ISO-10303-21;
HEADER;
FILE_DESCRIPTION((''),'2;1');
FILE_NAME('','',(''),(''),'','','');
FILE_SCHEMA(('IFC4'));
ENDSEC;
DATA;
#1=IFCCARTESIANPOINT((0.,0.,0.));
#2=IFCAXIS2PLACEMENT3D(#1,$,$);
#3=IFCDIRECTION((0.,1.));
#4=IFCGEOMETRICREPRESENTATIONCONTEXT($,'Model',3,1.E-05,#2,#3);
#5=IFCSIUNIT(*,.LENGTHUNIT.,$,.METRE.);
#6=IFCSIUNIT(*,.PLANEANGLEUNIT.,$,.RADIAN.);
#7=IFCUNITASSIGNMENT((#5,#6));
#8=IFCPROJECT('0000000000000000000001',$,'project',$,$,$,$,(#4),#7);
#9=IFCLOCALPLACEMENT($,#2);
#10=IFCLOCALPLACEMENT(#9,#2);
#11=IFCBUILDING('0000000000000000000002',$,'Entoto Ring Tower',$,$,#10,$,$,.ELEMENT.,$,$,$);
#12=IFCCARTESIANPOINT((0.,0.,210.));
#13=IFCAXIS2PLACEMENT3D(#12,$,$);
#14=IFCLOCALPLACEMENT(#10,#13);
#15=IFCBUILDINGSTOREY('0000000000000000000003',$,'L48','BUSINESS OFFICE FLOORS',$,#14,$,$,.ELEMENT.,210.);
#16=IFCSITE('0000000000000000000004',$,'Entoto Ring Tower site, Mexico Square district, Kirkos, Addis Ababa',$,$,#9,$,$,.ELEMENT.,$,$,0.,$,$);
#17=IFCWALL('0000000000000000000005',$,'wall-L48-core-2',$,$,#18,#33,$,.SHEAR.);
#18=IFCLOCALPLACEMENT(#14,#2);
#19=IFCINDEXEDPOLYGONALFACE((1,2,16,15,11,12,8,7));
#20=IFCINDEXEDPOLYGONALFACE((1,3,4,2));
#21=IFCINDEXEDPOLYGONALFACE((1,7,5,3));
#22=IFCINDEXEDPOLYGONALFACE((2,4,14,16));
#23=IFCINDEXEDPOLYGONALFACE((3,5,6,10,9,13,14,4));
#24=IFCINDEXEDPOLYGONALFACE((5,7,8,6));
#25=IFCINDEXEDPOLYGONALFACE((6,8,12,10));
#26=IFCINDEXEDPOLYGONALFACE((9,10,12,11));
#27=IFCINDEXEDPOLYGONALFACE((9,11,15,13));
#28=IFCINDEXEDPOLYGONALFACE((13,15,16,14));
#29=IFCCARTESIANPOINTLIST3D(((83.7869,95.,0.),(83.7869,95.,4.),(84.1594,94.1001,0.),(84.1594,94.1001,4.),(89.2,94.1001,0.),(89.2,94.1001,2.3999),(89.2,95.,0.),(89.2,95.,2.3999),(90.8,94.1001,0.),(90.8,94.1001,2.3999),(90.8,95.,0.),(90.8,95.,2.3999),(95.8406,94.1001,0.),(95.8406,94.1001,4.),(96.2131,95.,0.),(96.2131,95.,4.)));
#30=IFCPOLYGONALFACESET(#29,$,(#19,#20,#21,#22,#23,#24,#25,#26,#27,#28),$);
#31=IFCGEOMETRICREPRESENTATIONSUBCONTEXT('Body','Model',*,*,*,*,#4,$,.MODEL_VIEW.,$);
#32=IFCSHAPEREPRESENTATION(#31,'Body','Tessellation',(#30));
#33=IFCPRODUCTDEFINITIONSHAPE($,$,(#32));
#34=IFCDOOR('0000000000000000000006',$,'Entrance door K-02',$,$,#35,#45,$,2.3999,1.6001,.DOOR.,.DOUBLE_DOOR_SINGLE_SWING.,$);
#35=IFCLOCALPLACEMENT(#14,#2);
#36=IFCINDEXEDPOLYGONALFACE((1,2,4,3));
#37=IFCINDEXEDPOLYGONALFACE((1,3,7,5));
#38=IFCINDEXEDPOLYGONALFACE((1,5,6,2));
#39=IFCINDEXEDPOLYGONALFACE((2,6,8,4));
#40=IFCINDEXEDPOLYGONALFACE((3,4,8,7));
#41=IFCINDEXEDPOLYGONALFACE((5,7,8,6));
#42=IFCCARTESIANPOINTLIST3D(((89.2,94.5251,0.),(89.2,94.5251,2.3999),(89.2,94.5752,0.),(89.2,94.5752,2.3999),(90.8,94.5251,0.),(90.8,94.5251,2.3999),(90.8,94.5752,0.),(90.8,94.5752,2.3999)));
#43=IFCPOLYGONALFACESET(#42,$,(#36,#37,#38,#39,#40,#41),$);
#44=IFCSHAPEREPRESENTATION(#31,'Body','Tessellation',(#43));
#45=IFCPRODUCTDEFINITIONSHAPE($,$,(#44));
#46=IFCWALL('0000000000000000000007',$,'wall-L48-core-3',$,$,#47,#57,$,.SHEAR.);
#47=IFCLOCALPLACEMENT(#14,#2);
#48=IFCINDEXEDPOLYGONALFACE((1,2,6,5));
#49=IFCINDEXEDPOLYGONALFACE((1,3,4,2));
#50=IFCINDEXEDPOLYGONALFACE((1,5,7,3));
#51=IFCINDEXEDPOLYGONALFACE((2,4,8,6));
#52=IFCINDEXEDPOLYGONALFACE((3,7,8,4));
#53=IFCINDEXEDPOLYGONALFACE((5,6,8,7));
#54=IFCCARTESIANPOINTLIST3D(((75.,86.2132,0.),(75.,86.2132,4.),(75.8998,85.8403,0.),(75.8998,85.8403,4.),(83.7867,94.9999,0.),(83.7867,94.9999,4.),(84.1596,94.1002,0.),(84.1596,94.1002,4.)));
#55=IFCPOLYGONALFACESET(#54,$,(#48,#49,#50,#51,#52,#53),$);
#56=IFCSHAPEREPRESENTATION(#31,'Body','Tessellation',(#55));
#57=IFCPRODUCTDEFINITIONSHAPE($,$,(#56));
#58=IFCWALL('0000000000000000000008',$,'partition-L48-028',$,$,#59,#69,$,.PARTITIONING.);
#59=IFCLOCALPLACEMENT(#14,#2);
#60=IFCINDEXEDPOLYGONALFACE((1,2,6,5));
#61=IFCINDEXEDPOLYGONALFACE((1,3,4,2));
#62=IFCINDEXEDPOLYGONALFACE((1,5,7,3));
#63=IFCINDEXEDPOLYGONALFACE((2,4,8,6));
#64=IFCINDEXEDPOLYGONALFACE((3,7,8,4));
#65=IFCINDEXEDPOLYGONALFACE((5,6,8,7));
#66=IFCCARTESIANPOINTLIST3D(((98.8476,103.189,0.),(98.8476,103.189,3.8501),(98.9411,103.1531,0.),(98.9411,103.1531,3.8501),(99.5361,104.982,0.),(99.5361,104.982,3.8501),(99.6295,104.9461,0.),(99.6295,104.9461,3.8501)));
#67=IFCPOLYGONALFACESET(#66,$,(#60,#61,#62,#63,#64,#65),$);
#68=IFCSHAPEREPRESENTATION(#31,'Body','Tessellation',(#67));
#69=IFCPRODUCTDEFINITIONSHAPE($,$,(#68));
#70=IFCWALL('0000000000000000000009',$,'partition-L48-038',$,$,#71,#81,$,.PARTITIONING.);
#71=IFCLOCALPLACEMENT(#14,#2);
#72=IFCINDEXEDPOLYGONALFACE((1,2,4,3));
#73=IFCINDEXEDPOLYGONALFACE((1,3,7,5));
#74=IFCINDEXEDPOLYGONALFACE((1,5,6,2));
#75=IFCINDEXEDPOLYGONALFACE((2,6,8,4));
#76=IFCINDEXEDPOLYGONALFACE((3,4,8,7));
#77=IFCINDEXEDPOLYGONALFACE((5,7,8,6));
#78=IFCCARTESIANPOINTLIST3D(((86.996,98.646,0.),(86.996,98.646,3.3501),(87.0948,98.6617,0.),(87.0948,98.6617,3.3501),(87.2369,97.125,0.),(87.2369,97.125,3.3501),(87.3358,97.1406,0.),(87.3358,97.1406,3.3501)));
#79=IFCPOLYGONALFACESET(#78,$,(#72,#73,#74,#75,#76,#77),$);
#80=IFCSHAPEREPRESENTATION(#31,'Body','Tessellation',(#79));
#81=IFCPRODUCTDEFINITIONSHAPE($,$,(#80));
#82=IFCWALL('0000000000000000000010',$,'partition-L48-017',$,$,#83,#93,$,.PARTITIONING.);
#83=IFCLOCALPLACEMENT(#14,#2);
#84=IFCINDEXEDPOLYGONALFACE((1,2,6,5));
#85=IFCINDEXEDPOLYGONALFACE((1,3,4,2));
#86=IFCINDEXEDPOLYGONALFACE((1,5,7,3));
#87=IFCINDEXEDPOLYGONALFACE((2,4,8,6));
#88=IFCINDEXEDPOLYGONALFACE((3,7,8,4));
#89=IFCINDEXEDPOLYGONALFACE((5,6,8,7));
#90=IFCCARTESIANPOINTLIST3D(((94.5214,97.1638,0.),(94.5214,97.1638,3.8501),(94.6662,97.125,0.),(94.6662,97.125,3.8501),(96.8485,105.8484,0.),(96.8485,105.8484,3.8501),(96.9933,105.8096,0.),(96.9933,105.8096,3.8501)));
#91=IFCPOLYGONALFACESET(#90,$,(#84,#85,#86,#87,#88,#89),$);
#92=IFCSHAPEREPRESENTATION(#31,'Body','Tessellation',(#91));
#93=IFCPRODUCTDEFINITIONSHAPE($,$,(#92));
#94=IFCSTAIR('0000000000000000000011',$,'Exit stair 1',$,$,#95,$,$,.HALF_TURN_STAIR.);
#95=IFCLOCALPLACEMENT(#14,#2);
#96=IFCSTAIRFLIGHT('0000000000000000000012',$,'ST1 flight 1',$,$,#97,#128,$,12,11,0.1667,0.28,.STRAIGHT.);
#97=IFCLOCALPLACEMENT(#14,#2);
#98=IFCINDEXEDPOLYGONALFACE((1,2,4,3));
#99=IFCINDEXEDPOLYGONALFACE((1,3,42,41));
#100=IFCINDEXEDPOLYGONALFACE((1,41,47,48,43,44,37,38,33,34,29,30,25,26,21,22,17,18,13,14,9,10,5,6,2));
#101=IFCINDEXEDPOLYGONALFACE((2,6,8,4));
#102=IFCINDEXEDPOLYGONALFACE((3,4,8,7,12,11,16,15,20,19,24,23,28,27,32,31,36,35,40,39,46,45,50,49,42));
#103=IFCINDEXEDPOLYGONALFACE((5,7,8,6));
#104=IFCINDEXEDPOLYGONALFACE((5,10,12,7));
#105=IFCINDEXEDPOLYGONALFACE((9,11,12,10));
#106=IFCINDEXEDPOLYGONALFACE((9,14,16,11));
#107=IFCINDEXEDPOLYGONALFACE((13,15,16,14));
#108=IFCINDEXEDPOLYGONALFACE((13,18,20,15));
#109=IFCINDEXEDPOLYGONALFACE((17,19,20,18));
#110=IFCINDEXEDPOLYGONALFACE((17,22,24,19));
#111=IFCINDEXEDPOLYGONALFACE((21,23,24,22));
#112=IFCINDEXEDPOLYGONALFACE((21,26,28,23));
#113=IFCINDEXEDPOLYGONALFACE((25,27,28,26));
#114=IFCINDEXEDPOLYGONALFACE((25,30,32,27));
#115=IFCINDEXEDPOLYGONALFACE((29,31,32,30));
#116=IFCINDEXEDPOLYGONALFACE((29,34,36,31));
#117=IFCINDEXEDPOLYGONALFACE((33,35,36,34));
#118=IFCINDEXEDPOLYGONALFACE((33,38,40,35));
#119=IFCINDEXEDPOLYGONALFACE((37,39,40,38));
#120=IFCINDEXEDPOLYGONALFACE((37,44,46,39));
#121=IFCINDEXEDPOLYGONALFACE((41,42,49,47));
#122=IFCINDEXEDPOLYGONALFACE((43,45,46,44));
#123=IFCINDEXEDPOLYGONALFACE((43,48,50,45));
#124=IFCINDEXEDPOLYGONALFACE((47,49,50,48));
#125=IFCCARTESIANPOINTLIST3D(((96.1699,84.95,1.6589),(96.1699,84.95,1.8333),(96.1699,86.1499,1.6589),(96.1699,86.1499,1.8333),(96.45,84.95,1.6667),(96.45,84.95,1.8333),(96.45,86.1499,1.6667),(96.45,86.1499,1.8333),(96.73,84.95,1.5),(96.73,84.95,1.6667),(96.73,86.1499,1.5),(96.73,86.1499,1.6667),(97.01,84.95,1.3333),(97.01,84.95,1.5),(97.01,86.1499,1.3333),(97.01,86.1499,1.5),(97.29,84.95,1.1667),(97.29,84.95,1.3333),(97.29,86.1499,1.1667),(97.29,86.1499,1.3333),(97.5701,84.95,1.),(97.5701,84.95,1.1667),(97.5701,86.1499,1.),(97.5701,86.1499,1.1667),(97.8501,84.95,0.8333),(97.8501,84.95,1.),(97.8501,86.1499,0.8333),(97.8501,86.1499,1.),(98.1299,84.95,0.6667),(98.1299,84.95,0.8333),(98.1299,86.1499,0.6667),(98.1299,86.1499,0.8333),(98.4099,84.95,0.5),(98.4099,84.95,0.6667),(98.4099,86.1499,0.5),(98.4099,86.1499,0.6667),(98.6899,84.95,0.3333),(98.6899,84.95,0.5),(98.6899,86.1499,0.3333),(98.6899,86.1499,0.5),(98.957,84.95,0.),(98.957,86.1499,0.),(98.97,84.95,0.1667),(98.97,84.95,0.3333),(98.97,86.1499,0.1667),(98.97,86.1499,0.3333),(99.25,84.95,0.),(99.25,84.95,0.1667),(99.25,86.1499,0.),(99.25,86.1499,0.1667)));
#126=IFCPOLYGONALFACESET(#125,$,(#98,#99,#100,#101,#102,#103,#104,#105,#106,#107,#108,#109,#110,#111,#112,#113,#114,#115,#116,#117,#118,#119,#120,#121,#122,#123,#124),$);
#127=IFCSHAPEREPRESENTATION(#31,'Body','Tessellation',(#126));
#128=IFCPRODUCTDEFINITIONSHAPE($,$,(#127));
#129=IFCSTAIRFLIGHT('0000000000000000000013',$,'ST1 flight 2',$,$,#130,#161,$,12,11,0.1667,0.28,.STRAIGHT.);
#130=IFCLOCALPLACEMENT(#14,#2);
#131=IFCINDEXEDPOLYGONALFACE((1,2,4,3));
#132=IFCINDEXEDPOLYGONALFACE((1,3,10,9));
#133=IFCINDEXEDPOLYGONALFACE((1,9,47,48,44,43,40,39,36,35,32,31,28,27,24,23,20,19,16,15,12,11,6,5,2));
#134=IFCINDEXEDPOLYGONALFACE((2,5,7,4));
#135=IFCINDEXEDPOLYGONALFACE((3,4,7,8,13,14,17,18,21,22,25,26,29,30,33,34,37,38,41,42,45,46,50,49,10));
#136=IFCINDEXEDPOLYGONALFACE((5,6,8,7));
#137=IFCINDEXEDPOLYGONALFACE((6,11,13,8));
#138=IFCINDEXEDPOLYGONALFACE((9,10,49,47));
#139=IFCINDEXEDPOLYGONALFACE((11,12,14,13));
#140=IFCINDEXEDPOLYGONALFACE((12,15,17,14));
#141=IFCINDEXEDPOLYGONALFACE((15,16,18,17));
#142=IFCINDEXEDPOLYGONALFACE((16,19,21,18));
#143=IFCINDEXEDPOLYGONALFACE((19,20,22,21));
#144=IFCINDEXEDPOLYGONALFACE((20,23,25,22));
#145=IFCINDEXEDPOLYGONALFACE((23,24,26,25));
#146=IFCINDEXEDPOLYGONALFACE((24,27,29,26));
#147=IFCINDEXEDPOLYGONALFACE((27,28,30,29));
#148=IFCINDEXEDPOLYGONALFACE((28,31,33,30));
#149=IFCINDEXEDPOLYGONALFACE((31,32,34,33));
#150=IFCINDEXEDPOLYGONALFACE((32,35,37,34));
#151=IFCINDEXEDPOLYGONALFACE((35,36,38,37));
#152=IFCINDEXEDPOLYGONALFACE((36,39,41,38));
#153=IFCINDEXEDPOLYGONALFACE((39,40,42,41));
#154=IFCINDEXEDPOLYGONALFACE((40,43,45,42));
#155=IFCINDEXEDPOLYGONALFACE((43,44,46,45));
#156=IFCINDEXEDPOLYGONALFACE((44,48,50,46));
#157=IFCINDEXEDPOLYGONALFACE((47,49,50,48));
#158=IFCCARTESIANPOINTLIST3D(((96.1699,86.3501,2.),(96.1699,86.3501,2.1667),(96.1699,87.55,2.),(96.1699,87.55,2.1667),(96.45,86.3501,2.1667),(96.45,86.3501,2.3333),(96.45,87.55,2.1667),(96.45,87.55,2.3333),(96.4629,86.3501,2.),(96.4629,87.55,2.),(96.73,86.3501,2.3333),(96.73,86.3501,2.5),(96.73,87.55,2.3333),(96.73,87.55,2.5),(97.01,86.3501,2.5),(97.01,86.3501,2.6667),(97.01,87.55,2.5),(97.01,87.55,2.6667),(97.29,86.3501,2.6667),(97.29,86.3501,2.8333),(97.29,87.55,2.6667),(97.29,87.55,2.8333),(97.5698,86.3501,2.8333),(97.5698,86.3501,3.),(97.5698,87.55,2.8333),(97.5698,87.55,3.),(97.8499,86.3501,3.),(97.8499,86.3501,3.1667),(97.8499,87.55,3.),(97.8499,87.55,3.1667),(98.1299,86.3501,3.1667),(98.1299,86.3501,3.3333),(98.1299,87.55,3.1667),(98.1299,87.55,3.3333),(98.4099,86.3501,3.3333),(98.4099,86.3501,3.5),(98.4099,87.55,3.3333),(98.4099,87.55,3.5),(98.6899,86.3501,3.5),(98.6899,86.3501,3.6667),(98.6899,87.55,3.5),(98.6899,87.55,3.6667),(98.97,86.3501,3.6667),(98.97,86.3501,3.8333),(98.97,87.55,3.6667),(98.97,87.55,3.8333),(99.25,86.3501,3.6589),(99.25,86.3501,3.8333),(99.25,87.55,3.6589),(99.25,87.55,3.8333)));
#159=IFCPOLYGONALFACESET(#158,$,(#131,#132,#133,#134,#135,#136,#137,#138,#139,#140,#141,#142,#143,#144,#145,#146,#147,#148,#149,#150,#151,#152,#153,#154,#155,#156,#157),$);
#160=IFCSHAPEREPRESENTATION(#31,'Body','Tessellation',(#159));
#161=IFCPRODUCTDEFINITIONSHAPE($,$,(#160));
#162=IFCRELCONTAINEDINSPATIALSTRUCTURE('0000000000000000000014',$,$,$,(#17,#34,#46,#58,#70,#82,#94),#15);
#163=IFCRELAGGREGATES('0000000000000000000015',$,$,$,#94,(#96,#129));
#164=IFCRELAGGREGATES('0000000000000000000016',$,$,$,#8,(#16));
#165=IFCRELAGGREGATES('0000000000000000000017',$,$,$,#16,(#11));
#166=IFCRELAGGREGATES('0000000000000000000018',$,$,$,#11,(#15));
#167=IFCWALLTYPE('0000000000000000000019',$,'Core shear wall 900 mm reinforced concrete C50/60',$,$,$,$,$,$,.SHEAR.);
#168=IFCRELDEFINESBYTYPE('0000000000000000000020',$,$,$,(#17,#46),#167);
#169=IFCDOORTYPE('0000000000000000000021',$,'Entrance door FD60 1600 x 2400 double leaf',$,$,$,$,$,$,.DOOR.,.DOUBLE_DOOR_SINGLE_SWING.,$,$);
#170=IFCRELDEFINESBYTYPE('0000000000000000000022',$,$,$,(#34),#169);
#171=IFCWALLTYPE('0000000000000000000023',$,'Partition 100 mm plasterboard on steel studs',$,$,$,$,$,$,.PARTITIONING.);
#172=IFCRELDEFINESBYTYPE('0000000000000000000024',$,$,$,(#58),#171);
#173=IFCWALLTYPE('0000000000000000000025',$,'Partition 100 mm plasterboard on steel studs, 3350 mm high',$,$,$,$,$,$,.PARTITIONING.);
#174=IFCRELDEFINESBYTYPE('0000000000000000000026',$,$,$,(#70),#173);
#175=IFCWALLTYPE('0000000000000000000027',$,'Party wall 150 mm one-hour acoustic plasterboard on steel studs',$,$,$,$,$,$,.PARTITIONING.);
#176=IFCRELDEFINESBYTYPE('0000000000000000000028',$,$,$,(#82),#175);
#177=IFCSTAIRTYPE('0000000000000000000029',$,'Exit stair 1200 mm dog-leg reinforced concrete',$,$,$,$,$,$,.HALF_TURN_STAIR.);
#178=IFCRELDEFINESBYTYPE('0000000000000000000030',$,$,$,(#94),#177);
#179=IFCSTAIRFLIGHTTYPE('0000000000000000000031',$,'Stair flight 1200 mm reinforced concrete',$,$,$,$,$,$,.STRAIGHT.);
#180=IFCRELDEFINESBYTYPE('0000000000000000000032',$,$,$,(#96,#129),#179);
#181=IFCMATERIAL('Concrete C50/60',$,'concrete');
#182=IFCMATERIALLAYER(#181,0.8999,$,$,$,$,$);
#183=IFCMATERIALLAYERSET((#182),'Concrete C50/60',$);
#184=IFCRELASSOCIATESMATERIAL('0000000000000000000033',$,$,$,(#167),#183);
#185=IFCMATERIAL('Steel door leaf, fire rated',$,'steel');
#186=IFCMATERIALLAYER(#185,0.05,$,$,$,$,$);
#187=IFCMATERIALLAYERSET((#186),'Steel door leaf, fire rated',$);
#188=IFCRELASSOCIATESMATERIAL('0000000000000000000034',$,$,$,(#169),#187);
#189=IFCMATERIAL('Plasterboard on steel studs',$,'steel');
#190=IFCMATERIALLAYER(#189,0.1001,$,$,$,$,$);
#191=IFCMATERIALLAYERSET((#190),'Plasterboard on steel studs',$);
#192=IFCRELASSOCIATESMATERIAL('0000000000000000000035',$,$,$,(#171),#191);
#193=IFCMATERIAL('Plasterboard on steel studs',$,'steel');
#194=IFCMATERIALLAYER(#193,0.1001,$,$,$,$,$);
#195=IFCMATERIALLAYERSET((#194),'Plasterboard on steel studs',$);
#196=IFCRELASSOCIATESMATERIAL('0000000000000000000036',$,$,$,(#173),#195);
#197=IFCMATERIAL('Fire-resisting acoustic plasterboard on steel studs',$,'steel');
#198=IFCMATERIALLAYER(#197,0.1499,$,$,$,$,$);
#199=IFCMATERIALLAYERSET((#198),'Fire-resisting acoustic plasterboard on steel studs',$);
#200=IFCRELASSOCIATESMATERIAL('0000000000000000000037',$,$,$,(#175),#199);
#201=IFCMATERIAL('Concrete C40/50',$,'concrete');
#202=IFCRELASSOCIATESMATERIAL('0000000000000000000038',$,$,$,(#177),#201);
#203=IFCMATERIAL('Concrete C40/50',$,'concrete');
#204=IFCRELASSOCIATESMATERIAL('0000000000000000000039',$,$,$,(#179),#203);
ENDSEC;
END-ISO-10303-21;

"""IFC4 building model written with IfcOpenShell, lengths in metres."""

from ifc_helpers import new_model, si_unit, direction, frame, frame_2d, origin, place, context, subcontext, project, spatial, polyline, rectangle, outline, extrude, material, layer, layer_set, type_object, element, fill, aggregate, save


model = new_model("IFC4")

# Units and contexts
model_context = context("Model", 3, precision=1e-05, world=origin(), true_north=direction((0.0, 1.0)))
body_context = subcontext(model_context, "Body", "Model", "MODEL_VIEW")
ifc_project = project(units=[si_unit("LENGTHUNIT", "METRE"), si_unit("PLANEANGLEUNIT", "RADIAN")], contexts=[model_context])

# Site, building, storey
site_placement = place(None, origin())
site = spatial("IfcSite", under=ifc_project, at=site_placement, Name="Entoto Ring Tower site, Mexico Square district, Kirkos, Addis Ababa", CompositionType="ELEMENT", RefElevation=0.0)
building_placement = place(site_placement, origin())
building = spatial("IfcBuilding", under=site, at=building_placement, Name="Entoto Ring Tower", CompositionType="ELEMENT")
storey_placement = place(building_placement, frame((0.0, 0.0, 210.0)))
storey = spatial("IfcBuildingStorey", under=building, at=storey_placement, Name="L48", Description="BUSINESS OFFICE FLOORS", CompositionType="ELEMENT", Elevation=210.0)

# Wall, opening, door
ifc_material_1 = material(Name="Concrete C50/60", Category="concrete")
ifc_layer_1 = layer(ifc_material_1, 0.8999)
ifc_layer_set_1 = layer_set([ifc_layer_1], Name="Concrete C50/60")
wall_type_1 = type_object("IfcWallType", Name="Core shear wall 900 mm reinforced concrete C50/60", PredefinedType="SHEAR", material=ifc_layer_set_1)
wall_1_placement = place(storey_placement, frame((96.0269, 94.55, 0.0), z_axis=(0.0, 0.0, 1.0), x_axis=(-1.0, 0.0, 0.0)))
wall_1 = element("IfcWall", 1, at=wall_1_placement, inside=storey, type_object=wall_type_1, Name="wall-L48-core-2", PredefinedType="SHEAR", context=body_context, shape_type="SweptSolid", body=[
    extrude(outline(polyline([(-0.1863, -0.45), (12.24, -0.45), (11.8674, 0.45), (0.1863, 0.45), (-0.1863, -0.45)])), origin(), (0.0, 0.0, 1.0), 4.0),
])
opening_1_placement = place(wall_1_placement, frame((5.2268, 0.0, 0.0)))
opening_1 = element("IfcOpeningElement", 2, at=opening_1_placement, cuts=wall_1, PredefinedType="OPENING", context=body_context, shape_type="SweptSolid", body=[
    extrude(rectangle(XDim=1.6001, YDim=2.3999, at=frame_2d((0.8, 1.2))), frame((0.0, 0.46, 0.0), z_axis=(0.0, -1.0, 0.0), x_axis=(1.0, 0.0, 0.0)), (0.0, 0.0, 1.0), 0.9199),
])
ifc_material_2 = material(Name="Steel door leaf, fire rated", Category="steel")
ifc_layer_2 = layer(ifc_material_2, 0.05)
ifc_layer_set_2 = layer_set([ifc_layer_2], Name="Steel door leaf, fire rated")
door_type_1 = type_object("IfcDoorType", Name="Entrance door FD60 1600 x 2400 double leaf", OperationType="DOUBLE_DOOR_SINGLE_SWING", PredefinedType="DOOR", material=ifc_layer_set_2)
door_1_placement = place(opening_1_placement, origin())
door_1 = element("IfcDoor", 3, at=door_1_placement, inside=storey, type_object=door_type_1, Name="Entrance door K-02", OperationType="DOUBLE_DOOR_SINGLE_SWING", OverallHeight=2.3999, OverallWidth=1.6001, PredefinedType="DOOR", context=body_context, shape_type="SweptSolid", body=[
    extrude(rectangle(XDim=1.6001, YDim=2.3999, at=frame_2d((0.8, 1.2))), frame((0.0, 0.0249, 0.0), z_axis=(0.0, -1.0, 0.0), x_axis=(1.0, 0.0, 0.0)), (0.0, 0.0, 1.0), 0.05),
])
fill(opening_1, door_1)

# Walls
wall_2_placement = place(storey_placement, frame((83.9731, 94.55, 0.0), z_axis=(0.0, 0.0, 1.0), x_axis=(-0.707107, -0.707107, 0.0)))
element("IfcWall", 4, at=wall_2_placement, inside=storey, type_object=wall_type_1, Name="wall-L48-core-3", PredefinedType="SHEAR", context=body_context, shape_type="SweptSolid", body=[
    extrude(outline(polyline([(-0.1863, -0.45), (12.24, -0.45), (11.8674, 0.45), (0.1863, 0.45), (-0.1863, -0.45)])), origin(), (0.0, 0.0, 1.0), 4.0),
])
ifc_material_3 = material(Name="Plasterboard on steel studs", Category="steel")
ifc_layer_3 = layer(ifc_material_3, 0.1001)
ifc_layer_set_3 = layer_set([ifc_layer_3], Name="Plasterboard on steel studs")
wall_type_2 = type_object("IfcWallType", Name="Partition 100 mm plasterboard on steel studs", PredefinedType="PARTITIONING", material=ifc_layer_set_3)
wall_3_placement = place(storey_placement, frame((98.8943, 103.1709, 0.0), z_axis=(0.0, 0.0, 1.0), x_axis=(0.358468, 0.933542, 0.0)))
element("IfcWall", 5, at=wall_3_placement, inside=storey, type_object=wall_type_2, Name="partition-L48-028", PredefinedType="PARTITIONING", context=body_context, shape_type="SweptSolid", body=[
    extrude(rectangle(XDim=1.9207, YDim=0.1001, at=frame_2d((0.9604, 0.0))), origin(), (0.0, 0.0, 1.0), 3.8501),
])
ifc_material_4 = material(Name="Plasterboard on steel studs", Category="steel")
ifc_layer_4 = layer(ifc_material_4, 0.1001)
ifc_layer_set_4 = layer_set([ifc_layer_4], Name="Plasterboard on steel studs")
wall_type_3 = type_object("IfcWallType", Name="Partition 100 mm plasterboard on steel studs, 3350 mm high", PredefinedType="PARTITIONING", material=ifc_layer_set_4)
wall_4_placement = place(storey_placement, frame((87.2864, 97.1328, 0.0), z_axis=(0.0, 0.0, 1.0), x_axis=(-0.156475, 0.987682, 0.0)))
element("IfcWall", 6, at=wall_4_placement, inside=storey, type_object=wall_type_3, Name="partition-L48-038", PredefinedType="PARTITIONING", context=body_context, shape_type="SweptSolid", body=[
    extrude(rectangle(XDim=1.54, YDim=0.1001, at=frame_2d((0.77, 0.0))), origin(), (0.0, 0.0, 1.0), 3.3501),
])
ifc_material_5 = material(Name="Fire-resisting acoustic plasterboard on steel studs", Category="steel")
ifc_layer_5 = layer(ifc_material_5, 0.1499)
ifc_layer_set_5 = layer_set([ifc_layer_5], Name="Fire-resisting acoustic plasterboard on steel studs")
wall_type_4 = type_object("IfcWallType", Name="Party wall 150 mm one-hour acoustic plasterboard on steel studs", PredefinedType="PARTITIONING", material=ifc_layer_set_5)
wall_5_placement = place(storey_placement, frame((94.5938, 97.1443, 0.0), z_axis=(0.0, 0.0, 1.0), x_axis=(0.258832, 0.965922, 0.0)))
element("IfcWall", 7, at=wall_5_placement, inside=storey, type_object=wall_type_4, Name="partition-L48-017", PredefinedType="PARTITIONING", context=body_context, shape_type="SweptSolid", body=[
    extrude(rectangle(XDim=8.991, YDim=0.1499, at=frame_2d((4.4956, 0.0))), origin(), (0.0, 0.0, 1.0), 3.8501),
])

# Stair, stair flights
ifc_material_6 = material(Name="Concrete C40/50", Category="concrete")
stair_type = type_object("IfcStairType", Name="Exit stair 1200 mm dog-leg reinforced concrete", PredefinedType="HALF_TURN_STAIR", material=ifc_material_6)
stair_placement = place(storey_placement, origin())
stair = element("IfcStair", 8, at=stair_placement, inside=storey, type_object=stair_type, Name="Exit stair 1", PredefinedType="HALF_TURN_STAIR")
ifc_material_7 = material(Name="Concrete C40/50", Category="concrete")
stair_flight_type = type_object("IfcStairFlightType", Name="Stair flight 1200 mm reinforced concrete", PredefinedType="STRAIGHT", material=ifc_material_7)
stair_flight_1_placement = place(storey_placement, frame((99.25, 85.55, 0.0), z_axis=(0.0, 0.0, 1.0), x_axis=(-1.0, 0.0, 0.0)))
stair_flight_1 = element("IfcStairFlight", 9, at=stair_flight_1_placement, type_object=stair_flight_type, Name="ST1 flight 1", NumberOfRisers=12, NumberOfTreads=11, PredefinedType="STRAIGHT", RiserHeight=0.1667, TreadLength=0.28, context=body_context, shape_type="SweptSolid", body=[
    extrude(outline(polyline([(0.0, 0.0), (0.0, 0.1667), (0.28, 0.1667), (0.28, 0.3333), (0.5601, 0.3333), (0.5601, 0.5), (0.8401, 0.5), (0.8401, 0.6667), (1.1201, 0.6667), (1.1201, 0.8333), (1.3999, 0.8333), (1.3999, 1.0), (1.6799, 1.0), (1.6799, 1.1667), (1.96, 1.1667), (1.96, 1.3333), (2.24, 1.3333), (2.24, 1.5), (2.52, 1.5), (2.52, 1.6667), (2.8, 1.6667), (2.8, 1.8333), (3.0801, 1.8333), (3.0801, 2.0), (3.0801, 1.6589), (0.293, 0.0), (0.0, 0.0)])), frame((0.0, 0.6001, 0.0), z_axis=(0.0, -1.0, 0.0), x_axis=(1.0, 0.0, 0.0)), (0.0, 0.0, 1.0), 1.2),
])
stair_flight_2_placement = place(storey_placement, frame((96.1699, 86.95, 2.0), z_axis=(0.0, 0.0, 1.0), x_axis=(1.0, 0.0, 0.0)))
stair_flight_2 = element("IfcStairFlight", 10, at=stair_flight_2_placement, type_object=stair_flight_type, Name="ST1 flight 2", NumberOfRisers=12, NumberOfTreads=11, PredefinedType="STRAIGHT", RiserHeight=0.1667, TreadLength=0.28, context=body_context, shape_type="SweptSolid", body=[
    extrude(outline(polyline([(0.0, 0.0), (0.0, 0.1667), (0.28, 0.1667), (0.28, 0.3333), (0.5601, 0.3333), (0.5601, 0.5), (0.8401, 0.5), (0.8401, 0.6667), (1.1201, 0.6667), (1.1201, 0.8333), (1.3999, 0.8333), (1.3999, 1.0), (1.6799, 1.0), (1.6799, 1.1667), (1.96, 1.1667), (1.96, 1.3333), (2.24, 1.3333), (2.24, 1.5), (2.52, 1.5), (2.52, 1.6667), (2.8, 1.6667), (2.8, 1.8333), (3.0801, 1.8333), (3.0801, 2.0), (3.0801, 1.6589), (0.293, 0.0), (0.0, 0.0)])), frame((0.0, 0.6001, 0.0), z_axis=(0.0, -1.0, 0.0), x_axis=(1.0, 0.0, 0.0)), (0.0, 0.0, 1.0), 1.2),
])
aggregate(stair, [stair_flight_1, stair_flight_2])

save(model, "model.ifc")
